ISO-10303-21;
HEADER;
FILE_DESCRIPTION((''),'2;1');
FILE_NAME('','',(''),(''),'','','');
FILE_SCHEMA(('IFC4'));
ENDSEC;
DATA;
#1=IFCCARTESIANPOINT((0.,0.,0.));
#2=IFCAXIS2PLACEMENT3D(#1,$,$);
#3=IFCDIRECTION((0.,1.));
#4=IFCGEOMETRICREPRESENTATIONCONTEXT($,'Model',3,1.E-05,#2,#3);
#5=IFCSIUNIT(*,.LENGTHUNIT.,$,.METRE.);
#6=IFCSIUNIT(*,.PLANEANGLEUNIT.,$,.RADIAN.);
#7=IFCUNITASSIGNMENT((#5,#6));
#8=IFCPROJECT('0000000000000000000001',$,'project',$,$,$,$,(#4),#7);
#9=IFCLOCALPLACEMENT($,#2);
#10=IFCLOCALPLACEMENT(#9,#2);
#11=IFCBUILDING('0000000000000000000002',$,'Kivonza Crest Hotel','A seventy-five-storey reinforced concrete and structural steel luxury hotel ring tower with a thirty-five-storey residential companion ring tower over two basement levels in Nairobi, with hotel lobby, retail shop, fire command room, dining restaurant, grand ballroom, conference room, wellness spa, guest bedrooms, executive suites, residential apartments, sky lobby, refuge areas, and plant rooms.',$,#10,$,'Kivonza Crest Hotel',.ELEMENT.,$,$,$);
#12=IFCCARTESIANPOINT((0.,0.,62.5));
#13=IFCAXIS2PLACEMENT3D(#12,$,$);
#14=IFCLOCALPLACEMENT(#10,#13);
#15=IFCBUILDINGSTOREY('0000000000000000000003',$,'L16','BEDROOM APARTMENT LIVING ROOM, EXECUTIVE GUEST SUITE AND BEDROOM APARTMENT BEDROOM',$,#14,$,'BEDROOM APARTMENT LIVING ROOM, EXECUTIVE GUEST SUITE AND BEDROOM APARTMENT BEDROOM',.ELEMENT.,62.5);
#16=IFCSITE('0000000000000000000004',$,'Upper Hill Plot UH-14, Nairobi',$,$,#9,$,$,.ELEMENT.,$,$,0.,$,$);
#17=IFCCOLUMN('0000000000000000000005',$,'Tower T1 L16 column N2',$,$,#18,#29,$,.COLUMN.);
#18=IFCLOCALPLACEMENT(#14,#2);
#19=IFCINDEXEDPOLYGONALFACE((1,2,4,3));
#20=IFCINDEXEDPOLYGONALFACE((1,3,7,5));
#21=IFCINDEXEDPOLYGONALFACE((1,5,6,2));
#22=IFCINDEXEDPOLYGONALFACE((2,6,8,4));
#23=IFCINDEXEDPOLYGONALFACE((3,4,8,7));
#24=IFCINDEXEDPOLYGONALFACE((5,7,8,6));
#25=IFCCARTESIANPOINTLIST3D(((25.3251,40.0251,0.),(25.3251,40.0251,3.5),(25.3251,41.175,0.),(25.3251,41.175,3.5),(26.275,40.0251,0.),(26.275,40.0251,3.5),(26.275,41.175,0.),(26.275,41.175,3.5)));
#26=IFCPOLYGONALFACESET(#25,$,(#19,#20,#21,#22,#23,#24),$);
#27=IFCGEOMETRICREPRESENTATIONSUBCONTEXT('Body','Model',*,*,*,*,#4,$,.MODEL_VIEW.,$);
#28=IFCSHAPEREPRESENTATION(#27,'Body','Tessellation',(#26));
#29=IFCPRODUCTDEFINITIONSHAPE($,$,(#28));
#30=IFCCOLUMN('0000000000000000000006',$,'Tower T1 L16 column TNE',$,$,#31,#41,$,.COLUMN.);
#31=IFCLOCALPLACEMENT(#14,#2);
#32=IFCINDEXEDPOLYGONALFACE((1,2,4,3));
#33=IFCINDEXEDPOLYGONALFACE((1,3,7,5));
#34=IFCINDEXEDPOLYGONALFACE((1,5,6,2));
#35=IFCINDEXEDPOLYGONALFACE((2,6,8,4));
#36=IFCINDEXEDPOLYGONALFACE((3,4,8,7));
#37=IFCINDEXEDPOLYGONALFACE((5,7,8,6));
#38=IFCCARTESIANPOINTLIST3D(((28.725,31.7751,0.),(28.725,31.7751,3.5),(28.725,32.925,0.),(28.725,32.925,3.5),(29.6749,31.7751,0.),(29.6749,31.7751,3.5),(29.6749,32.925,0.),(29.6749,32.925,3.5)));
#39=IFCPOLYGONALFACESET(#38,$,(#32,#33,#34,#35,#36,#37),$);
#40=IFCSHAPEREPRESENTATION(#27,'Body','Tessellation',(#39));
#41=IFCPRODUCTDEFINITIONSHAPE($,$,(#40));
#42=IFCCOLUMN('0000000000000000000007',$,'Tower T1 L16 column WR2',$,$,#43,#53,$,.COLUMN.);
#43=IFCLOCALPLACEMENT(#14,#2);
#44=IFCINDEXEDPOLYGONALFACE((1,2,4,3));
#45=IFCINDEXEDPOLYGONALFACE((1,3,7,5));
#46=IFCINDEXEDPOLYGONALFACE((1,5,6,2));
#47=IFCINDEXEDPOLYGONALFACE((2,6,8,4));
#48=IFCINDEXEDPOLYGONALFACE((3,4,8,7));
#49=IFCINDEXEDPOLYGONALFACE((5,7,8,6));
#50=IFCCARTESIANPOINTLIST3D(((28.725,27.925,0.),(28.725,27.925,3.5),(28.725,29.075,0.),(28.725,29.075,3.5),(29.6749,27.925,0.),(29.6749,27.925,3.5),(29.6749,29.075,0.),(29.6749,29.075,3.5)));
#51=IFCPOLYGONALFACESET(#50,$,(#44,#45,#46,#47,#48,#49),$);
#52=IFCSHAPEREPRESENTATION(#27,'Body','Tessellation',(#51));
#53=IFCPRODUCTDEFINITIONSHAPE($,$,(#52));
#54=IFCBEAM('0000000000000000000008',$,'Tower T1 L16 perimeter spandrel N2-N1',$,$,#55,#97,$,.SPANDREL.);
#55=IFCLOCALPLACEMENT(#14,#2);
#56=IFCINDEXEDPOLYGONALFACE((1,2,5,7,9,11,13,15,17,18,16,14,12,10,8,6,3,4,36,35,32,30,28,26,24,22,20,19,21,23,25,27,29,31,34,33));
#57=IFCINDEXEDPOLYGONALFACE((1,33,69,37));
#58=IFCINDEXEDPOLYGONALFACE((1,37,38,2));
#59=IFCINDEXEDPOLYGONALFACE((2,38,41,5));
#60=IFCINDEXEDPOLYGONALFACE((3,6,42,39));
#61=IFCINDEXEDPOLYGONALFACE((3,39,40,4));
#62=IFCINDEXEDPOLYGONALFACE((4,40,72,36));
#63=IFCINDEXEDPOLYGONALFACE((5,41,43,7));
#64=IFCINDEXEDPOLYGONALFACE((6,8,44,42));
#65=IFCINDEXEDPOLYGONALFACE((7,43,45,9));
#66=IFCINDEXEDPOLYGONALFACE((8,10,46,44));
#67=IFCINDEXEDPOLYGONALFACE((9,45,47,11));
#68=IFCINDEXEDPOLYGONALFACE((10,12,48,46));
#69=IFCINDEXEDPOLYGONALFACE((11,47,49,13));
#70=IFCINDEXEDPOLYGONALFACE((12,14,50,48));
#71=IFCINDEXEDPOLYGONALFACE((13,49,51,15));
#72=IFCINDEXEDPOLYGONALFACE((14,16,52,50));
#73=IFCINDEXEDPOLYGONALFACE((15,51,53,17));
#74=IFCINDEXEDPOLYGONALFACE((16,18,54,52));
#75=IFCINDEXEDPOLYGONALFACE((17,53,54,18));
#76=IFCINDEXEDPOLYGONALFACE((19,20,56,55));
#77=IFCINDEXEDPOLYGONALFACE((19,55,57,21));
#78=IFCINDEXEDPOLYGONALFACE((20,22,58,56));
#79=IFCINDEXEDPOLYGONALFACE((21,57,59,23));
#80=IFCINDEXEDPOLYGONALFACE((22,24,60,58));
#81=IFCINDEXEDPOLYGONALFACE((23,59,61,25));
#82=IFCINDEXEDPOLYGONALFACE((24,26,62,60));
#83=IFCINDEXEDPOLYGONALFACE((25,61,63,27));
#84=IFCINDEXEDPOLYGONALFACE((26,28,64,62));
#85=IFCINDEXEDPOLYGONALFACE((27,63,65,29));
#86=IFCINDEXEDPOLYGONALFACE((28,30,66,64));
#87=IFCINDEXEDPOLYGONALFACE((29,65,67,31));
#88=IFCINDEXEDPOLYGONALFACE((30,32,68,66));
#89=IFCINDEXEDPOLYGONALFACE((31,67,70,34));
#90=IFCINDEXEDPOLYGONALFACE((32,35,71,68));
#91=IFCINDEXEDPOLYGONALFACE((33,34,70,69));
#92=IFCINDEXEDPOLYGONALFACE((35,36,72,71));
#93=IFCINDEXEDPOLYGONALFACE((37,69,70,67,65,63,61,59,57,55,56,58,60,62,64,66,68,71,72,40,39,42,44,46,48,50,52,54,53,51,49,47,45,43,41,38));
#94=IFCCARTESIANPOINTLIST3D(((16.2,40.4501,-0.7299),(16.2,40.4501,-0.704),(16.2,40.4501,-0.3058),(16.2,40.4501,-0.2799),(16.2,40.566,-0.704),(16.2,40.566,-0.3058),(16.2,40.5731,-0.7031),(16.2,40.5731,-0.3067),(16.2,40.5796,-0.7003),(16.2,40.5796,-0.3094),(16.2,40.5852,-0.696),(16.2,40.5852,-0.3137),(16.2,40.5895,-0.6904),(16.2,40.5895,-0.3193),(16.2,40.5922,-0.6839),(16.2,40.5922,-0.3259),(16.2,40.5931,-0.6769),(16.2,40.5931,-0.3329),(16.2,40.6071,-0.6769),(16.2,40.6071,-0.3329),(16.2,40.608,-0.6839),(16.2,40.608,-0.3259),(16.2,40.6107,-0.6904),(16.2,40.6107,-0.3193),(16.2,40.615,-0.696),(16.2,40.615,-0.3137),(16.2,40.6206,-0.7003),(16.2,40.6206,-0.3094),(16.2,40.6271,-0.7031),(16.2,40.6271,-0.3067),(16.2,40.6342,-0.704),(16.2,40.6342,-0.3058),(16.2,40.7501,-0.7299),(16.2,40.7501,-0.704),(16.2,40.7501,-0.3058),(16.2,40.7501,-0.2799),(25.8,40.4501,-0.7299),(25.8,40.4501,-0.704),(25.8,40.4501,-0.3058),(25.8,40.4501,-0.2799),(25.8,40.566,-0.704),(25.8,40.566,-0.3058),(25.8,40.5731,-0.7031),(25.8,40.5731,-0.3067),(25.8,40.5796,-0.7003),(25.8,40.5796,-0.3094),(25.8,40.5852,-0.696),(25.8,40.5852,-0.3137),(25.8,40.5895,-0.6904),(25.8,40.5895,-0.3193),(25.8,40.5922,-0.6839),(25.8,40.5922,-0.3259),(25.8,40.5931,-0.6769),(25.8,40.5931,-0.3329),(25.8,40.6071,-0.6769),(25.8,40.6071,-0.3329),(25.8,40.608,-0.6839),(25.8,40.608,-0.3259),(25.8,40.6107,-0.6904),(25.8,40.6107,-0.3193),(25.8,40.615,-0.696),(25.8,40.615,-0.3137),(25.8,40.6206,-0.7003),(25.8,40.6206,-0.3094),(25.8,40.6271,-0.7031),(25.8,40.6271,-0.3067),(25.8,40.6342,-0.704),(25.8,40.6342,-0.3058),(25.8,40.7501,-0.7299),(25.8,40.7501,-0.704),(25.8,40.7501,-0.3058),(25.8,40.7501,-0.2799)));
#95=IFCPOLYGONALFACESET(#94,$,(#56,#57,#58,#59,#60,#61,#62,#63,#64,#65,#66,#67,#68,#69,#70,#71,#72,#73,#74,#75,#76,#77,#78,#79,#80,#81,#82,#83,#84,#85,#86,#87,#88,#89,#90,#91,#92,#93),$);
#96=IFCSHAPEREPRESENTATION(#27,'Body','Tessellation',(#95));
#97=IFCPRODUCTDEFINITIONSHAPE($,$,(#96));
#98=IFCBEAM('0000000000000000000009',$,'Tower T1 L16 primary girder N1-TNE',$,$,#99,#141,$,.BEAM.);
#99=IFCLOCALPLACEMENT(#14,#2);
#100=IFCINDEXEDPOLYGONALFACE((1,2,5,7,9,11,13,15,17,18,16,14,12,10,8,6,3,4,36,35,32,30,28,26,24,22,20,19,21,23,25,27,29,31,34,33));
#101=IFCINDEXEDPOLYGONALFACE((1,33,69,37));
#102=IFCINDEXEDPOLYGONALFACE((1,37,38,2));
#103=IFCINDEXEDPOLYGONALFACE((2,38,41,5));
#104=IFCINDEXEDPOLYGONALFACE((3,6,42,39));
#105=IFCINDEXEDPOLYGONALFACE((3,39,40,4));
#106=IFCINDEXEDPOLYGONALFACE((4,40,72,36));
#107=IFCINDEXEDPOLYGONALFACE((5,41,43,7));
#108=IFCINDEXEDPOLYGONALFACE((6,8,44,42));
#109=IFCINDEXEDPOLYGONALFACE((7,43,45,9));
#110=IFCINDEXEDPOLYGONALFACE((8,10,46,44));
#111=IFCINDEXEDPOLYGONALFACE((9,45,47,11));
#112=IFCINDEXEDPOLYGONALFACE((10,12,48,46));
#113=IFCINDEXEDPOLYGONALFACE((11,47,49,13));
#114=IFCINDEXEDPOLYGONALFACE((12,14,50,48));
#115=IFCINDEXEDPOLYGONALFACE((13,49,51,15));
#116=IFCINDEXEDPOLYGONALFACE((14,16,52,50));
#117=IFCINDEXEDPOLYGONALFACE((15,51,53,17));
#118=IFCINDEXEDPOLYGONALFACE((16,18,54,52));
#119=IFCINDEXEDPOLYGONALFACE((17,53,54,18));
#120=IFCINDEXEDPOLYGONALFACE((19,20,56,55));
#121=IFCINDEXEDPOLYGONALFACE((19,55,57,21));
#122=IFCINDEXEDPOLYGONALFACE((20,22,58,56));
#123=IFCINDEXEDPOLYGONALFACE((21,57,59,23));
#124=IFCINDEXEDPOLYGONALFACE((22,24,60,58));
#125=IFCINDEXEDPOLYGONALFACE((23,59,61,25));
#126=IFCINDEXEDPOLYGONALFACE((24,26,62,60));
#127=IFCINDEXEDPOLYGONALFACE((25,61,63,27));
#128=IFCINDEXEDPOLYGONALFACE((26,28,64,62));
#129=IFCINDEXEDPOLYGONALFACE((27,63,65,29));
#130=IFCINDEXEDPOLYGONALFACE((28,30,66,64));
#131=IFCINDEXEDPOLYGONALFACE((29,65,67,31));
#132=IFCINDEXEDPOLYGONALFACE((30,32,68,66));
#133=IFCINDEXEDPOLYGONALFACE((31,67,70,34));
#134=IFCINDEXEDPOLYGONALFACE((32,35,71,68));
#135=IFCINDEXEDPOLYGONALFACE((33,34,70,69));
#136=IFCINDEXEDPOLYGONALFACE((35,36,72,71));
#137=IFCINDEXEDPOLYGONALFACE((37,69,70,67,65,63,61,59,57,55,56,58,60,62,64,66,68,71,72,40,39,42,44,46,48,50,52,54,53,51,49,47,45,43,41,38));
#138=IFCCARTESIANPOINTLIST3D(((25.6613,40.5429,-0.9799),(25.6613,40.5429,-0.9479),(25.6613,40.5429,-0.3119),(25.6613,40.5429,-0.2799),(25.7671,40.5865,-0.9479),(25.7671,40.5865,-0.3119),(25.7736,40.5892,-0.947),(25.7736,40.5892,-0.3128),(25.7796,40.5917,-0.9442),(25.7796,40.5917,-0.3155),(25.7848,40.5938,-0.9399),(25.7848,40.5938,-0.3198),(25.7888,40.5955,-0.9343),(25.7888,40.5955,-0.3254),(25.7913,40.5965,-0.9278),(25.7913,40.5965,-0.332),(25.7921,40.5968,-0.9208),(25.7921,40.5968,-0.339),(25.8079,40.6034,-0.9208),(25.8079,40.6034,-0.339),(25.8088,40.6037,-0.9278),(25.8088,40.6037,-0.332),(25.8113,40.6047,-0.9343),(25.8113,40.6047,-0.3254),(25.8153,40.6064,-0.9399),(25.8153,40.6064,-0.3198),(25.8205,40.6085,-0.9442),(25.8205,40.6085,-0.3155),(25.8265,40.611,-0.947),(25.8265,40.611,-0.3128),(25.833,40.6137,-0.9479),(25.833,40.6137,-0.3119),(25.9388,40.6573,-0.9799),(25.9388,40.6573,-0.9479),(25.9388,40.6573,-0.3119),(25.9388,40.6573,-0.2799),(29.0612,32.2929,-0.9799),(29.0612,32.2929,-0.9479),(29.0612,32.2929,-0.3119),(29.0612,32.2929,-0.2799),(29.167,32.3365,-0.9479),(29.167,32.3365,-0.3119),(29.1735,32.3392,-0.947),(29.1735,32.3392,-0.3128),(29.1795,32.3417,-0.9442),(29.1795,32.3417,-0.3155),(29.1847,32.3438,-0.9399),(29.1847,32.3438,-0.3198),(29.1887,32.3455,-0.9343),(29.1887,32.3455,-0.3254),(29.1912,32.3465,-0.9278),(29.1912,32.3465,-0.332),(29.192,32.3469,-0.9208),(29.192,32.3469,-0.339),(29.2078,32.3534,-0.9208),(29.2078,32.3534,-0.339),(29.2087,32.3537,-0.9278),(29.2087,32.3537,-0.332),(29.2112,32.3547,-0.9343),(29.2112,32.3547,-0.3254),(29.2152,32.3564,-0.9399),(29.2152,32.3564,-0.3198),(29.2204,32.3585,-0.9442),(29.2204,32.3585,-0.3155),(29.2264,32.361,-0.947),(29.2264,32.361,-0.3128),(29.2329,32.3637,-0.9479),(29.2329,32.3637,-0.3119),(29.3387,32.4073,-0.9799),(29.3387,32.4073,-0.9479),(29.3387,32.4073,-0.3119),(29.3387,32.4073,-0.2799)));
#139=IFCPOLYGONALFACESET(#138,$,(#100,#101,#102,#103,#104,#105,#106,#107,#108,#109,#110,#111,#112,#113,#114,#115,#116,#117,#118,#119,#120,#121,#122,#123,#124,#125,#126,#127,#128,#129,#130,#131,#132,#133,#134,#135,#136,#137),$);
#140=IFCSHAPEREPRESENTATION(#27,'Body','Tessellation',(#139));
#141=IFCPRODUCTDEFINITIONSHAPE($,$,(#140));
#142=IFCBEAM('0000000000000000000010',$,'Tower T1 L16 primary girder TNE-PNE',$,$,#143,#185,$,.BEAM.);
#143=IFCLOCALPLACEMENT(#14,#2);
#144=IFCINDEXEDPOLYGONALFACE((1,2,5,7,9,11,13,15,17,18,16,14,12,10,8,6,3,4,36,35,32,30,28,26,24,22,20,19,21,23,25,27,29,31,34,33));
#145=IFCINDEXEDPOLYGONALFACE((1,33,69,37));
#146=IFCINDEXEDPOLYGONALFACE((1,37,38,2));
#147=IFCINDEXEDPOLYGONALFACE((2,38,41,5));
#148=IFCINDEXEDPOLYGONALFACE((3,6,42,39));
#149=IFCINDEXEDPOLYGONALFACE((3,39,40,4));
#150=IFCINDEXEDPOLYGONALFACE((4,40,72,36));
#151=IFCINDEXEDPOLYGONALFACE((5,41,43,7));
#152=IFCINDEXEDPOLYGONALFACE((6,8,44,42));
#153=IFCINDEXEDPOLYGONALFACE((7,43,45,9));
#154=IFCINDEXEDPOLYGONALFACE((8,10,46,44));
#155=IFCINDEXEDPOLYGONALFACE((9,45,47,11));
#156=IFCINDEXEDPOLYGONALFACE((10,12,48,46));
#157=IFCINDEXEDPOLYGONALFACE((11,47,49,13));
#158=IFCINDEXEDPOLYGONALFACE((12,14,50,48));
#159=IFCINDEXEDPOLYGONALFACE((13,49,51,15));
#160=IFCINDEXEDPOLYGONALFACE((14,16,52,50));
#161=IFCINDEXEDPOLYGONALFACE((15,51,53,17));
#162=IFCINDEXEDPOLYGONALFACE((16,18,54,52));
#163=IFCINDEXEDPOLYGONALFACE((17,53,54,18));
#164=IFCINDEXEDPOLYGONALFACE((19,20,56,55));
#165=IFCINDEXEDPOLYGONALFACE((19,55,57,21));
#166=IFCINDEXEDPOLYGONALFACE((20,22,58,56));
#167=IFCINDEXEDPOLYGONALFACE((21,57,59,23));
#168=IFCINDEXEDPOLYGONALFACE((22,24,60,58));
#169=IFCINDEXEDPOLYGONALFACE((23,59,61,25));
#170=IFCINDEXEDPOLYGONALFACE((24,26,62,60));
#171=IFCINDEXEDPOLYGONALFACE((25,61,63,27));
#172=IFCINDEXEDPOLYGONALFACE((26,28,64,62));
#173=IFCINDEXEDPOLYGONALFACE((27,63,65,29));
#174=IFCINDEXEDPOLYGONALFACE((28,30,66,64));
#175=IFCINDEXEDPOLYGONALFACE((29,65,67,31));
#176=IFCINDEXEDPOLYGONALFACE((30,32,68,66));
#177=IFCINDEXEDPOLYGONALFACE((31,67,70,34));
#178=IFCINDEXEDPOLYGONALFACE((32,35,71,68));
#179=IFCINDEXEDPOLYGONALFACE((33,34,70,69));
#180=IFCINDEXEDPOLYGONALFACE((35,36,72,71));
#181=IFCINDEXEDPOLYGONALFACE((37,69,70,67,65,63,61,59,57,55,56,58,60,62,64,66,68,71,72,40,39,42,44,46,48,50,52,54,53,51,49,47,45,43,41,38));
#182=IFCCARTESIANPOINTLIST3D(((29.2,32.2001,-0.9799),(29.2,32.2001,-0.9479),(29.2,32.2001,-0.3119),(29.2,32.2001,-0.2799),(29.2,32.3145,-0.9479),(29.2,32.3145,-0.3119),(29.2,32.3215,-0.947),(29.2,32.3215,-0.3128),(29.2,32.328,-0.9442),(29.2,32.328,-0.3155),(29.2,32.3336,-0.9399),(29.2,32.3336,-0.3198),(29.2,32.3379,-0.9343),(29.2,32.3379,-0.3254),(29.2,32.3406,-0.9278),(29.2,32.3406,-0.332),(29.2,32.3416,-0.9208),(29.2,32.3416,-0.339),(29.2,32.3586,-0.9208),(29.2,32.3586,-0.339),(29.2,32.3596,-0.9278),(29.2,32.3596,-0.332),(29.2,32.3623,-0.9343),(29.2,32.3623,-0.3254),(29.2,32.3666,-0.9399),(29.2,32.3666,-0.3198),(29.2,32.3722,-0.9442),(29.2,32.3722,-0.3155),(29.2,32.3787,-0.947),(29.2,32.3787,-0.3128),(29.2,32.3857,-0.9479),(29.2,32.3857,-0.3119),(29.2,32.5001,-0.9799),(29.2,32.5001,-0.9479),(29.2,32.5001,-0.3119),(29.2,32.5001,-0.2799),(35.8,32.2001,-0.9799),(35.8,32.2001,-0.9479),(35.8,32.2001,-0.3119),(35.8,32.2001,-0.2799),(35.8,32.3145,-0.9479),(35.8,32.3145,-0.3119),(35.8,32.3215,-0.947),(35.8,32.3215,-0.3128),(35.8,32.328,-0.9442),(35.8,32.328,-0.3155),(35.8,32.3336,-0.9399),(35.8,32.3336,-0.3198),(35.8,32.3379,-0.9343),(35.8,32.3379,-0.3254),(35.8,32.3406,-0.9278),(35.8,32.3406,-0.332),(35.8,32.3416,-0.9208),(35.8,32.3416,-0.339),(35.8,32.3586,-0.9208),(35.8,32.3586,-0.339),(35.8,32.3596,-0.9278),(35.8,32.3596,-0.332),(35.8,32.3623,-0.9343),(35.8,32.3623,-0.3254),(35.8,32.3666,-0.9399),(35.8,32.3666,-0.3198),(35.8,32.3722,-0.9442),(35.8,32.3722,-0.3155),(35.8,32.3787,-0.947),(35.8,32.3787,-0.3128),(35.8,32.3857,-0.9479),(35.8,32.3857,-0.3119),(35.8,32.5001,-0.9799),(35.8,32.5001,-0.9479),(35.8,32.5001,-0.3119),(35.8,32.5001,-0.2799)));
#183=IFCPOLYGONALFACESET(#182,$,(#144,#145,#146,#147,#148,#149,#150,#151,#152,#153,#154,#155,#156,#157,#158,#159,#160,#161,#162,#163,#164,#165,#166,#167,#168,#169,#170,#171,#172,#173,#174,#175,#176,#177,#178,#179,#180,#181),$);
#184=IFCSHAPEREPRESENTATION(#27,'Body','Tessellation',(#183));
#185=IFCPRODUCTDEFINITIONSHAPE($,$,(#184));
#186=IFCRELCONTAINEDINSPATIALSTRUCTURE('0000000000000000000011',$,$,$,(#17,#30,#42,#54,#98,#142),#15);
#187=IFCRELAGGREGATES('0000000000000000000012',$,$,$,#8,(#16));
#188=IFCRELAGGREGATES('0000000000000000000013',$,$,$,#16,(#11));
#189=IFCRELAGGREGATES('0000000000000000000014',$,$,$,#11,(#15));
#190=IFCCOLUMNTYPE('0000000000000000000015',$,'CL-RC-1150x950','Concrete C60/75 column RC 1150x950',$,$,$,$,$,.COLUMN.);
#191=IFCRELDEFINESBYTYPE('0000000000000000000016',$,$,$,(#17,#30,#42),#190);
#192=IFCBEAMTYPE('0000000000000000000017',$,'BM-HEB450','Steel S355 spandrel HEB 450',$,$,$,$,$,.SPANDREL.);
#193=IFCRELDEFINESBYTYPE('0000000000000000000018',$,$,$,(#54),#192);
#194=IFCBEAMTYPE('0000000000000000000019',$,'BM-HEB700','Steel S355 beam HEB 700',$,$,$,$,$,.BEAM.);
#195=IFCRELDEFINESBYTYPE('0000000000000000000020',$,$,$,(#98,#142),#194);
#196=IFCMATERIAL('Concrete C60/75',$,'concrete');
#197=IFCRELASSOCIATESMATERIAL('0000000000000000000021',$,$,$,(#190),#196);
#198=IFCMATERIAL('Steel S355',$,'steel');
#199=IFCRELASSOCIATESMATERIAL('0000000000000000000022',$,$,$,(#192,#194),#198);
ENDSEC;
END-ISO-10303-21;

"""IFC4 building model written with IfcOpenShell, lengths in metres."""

from ifc_helpers import new_model, si_unit, direction, frame, origin, origin_2d, place, context, subcontext, project, spatial, rectangle, i_section, extrude, material, material_profile, profile_set, type_object, element, save


model = new_model("IFC4")

# Units and contexts
model_context = context("Model", 3, precision=1e-05, world=origin(), true_north=direction((0.0, 1.0)))
body_context = subcontext(model_context, "Body", "Model", "MODEL_VIEW")
ifc_project = project(units=[si_unit("LENGTHUNIT", "METRE"), si_unit("PLANEANGLEUNIT", "RADIAN")], contexts=[model_context])

# Site, building, storey
site_placement = place(None, origin())
site = spatial("IfcSite", under=ifc_project, at=site_placement, Name="Upper Hill Plot UH-14, Nairobi", CompositionType="ELEMENT", RefElevation=0.0)
building_placement = place(site_placement, origin())
building = spatial("IfcBuilding", under=site, at=building_placement, Name="Kivonza Crest Hotel", Description="A seventy-five-storey reinforced concrete and structural steel luxury hotel ring tower with a thirty-five-storey residential companion ring tower over two basement levels in Nairobi, with hotel lobby, retail shop, fire command room, dining restaurant, grand ballroom, conference room, wellness spa, guest bedrooms, executive suites, residential apartments, sky lobby, refuge areas, and plant rooms.", LongName="Kivonza Crest Hotel", CompositionType="ELEMENT")
storey_placement = place(building_placement, frame((0.0, 0.0, 62.5)))
storey = spatial("IfcBuildingStorey", under=building, at=storey_placement, Name="L16", Description="BEDROOM APARTMENT LIVING ROOM, EXECUTIVE GUEST SUITE AND BEDROOM APARTMENT BEDROOM", LongName="BEDROOM APARTMENT LIVING ROOM, EXECUTIVE GUEST SUITE AND BEDROOM APARTMENT BEDROOM", CompositionType="ELEMENT", Elevation=62.5)

# Columns
ifc_material_1 = material(Name="Concrete C60/75", Category="concrete")
ifc_material_profile_1 = material_profile(ifc_material_1, rectangle(XDim=0.95, YDim=1.1499, at=origin_2d()), Name="RC 1150x950")
ifc_profile_set_1 = profile_set([ifc_material_profile_1], Name="Concrete C60/75")
column_type = type_object("IfcColumnType", Name="CL-RC-1150x950", Description="Concrete C60/75 column RC 1150x950", PredefinedType="COLUMN", material=ifc_profile_set_1)
for number, where, z_axis, x_axis, name in (
    (1, (25.8, 40.6001, 0.0), (0.0, 0.0, 1.0), (1.0, 0.0, 0.0), "Tower T1 L16 column N2"),
    (2, (29.2, 32.3501, 0.0), (0.0, 0.0, 1.0), (1.0, 0.0, 0.0), "Tower T1 L16 column TNE"),
    (3, (29.2, 28.5, 0.0), (0.0, 0.0, 1.0), (1.0, 0.0, 0.0), "Tower T1 L16 column WR2"),
):
    element("IfcColumn", number, at=place(storey_placement, frame(where, z_axis=z_axis, x_axis=x_axis)), inside=storey, type_object=column_type, Name=name, PredefinedType="COLUMN", context=body_context, shape_type="SweptSolid", body=[
        extrude(rectangle(XDim=0.95, YDim=1.1499, at=origin_2d()), origin(), (0.0, 0.0, 1.0), 3.5),
    ])

# Beams
ifc_material_2 = material(Name="Steel S355", Category="steel")
ifc_material_profile_2 = material_profile(ifc_material_2, i_section(OverallWidth=0.3, OverallDepth=0.45, WebThickness=0.0139, FlangeThickness=0.0259, FilletRadius=0.0271, at=origin_2d()), Name="HEB 450")
ifc_profile_set_2 = profile_set([ifc_material_profile_2], Name="Steel S355")
beam_type_1 = type_object("IfcBeamType", Name="BM-HEB450", Description="Steel S355 spandrel HEB 450", PredefinedType="SPANDREL", material=ifc_profile_set_2)
beam_1_placement = place(storey_placement, frame((25.8, 40.6001, -0.5049), z_axis=(-1.0, 0.0, 0.0), x_axis=(0.0, -1.0, 0.0)))
element("IfcBeam", 4, at=beam_1_placement, inside=storey, type_object=beam_type_1, Name="Tower T1 L16 perimeter spandrel N2-N1", PredefinedType="SPANDREL", context=body_context, shape_type="SweptSolid", body=[
    extrude(i_section(OverallWidth=0.3, OverallDepth=0.45, WebThickness=0.0139, FlangeThickness=0.0259, FilletRadius=0.0271, at=origin_2d()), origin(), (0.0, 0.0, 1.0), 9.6001),
])
ifc_material_profile_3 = material_profile(ifc_material_2, i_section(OverallWidth=0.3, OverallDepth=0.7, WebThickness=0.0171, FlangeThickness=0.032, FilletRadius=0.0271, at=origin_2d()), Name="HEB 700")
ifc_profile_set_3 = profile_set([ifc_material_profile_3], Name="Steel S355")
beam_type_2 = type_object("IfcBeamType", Name="BM-HEB700", Description="Steel S355 beam HEB 700", PredefinedType="BEAM", material=ifc_profile_set_3)
beam_2_placement = place(storey_placement, frame((25.8, 40.6001, -0.6299), z_axis=(0.381022, -0.924566, 0.0), x_axis=(0.924566, 0.381022, 0.0)))
element("IfcBeam", 5, at=beam_2_placement, inside=storey, type_object=beam_type_2, Name="Tower T1 L16 primary girder N1-TNE", PredefinedType="BEAM", context=body_context, shape_type="SweptSolid", body=[
    extrude(i_section(OverallWidth=0.3, OverallDepth=0.7, WebThickness=0.0171, FlangeThickness=0.032, FilletRadius=0.0271, at=origin_2d()), origin(), (0.0, 0.0, 1.0), 8.9231),
])
beam_3_placement = place(storey_placement, frame((29.2, 32.3501, -0.6299), z_axis=(1.0, 0.0, 0.0), x_axis=(0.0, 1.0, 0.0)))
element("IfcBeam", 6, at=beam_3_placement, inside=storey, type_object=beam_type_2, Name="Tower T1 L16 primary girder TNE-PNE", PredefinedType="BEAM", context=body_context, shape_type="SweptSolid", body=[
    extrude(i_section(OverallWidth=0.3, OverallDepth=0.7, WebThickness=0.0171, FlangeThickness=0.032, FilletRadius=0.0271, at=origin_2d()), origin(), (0.0, 0.0, 1.0), 6.6001),
])

save(model, "model.ifc")
